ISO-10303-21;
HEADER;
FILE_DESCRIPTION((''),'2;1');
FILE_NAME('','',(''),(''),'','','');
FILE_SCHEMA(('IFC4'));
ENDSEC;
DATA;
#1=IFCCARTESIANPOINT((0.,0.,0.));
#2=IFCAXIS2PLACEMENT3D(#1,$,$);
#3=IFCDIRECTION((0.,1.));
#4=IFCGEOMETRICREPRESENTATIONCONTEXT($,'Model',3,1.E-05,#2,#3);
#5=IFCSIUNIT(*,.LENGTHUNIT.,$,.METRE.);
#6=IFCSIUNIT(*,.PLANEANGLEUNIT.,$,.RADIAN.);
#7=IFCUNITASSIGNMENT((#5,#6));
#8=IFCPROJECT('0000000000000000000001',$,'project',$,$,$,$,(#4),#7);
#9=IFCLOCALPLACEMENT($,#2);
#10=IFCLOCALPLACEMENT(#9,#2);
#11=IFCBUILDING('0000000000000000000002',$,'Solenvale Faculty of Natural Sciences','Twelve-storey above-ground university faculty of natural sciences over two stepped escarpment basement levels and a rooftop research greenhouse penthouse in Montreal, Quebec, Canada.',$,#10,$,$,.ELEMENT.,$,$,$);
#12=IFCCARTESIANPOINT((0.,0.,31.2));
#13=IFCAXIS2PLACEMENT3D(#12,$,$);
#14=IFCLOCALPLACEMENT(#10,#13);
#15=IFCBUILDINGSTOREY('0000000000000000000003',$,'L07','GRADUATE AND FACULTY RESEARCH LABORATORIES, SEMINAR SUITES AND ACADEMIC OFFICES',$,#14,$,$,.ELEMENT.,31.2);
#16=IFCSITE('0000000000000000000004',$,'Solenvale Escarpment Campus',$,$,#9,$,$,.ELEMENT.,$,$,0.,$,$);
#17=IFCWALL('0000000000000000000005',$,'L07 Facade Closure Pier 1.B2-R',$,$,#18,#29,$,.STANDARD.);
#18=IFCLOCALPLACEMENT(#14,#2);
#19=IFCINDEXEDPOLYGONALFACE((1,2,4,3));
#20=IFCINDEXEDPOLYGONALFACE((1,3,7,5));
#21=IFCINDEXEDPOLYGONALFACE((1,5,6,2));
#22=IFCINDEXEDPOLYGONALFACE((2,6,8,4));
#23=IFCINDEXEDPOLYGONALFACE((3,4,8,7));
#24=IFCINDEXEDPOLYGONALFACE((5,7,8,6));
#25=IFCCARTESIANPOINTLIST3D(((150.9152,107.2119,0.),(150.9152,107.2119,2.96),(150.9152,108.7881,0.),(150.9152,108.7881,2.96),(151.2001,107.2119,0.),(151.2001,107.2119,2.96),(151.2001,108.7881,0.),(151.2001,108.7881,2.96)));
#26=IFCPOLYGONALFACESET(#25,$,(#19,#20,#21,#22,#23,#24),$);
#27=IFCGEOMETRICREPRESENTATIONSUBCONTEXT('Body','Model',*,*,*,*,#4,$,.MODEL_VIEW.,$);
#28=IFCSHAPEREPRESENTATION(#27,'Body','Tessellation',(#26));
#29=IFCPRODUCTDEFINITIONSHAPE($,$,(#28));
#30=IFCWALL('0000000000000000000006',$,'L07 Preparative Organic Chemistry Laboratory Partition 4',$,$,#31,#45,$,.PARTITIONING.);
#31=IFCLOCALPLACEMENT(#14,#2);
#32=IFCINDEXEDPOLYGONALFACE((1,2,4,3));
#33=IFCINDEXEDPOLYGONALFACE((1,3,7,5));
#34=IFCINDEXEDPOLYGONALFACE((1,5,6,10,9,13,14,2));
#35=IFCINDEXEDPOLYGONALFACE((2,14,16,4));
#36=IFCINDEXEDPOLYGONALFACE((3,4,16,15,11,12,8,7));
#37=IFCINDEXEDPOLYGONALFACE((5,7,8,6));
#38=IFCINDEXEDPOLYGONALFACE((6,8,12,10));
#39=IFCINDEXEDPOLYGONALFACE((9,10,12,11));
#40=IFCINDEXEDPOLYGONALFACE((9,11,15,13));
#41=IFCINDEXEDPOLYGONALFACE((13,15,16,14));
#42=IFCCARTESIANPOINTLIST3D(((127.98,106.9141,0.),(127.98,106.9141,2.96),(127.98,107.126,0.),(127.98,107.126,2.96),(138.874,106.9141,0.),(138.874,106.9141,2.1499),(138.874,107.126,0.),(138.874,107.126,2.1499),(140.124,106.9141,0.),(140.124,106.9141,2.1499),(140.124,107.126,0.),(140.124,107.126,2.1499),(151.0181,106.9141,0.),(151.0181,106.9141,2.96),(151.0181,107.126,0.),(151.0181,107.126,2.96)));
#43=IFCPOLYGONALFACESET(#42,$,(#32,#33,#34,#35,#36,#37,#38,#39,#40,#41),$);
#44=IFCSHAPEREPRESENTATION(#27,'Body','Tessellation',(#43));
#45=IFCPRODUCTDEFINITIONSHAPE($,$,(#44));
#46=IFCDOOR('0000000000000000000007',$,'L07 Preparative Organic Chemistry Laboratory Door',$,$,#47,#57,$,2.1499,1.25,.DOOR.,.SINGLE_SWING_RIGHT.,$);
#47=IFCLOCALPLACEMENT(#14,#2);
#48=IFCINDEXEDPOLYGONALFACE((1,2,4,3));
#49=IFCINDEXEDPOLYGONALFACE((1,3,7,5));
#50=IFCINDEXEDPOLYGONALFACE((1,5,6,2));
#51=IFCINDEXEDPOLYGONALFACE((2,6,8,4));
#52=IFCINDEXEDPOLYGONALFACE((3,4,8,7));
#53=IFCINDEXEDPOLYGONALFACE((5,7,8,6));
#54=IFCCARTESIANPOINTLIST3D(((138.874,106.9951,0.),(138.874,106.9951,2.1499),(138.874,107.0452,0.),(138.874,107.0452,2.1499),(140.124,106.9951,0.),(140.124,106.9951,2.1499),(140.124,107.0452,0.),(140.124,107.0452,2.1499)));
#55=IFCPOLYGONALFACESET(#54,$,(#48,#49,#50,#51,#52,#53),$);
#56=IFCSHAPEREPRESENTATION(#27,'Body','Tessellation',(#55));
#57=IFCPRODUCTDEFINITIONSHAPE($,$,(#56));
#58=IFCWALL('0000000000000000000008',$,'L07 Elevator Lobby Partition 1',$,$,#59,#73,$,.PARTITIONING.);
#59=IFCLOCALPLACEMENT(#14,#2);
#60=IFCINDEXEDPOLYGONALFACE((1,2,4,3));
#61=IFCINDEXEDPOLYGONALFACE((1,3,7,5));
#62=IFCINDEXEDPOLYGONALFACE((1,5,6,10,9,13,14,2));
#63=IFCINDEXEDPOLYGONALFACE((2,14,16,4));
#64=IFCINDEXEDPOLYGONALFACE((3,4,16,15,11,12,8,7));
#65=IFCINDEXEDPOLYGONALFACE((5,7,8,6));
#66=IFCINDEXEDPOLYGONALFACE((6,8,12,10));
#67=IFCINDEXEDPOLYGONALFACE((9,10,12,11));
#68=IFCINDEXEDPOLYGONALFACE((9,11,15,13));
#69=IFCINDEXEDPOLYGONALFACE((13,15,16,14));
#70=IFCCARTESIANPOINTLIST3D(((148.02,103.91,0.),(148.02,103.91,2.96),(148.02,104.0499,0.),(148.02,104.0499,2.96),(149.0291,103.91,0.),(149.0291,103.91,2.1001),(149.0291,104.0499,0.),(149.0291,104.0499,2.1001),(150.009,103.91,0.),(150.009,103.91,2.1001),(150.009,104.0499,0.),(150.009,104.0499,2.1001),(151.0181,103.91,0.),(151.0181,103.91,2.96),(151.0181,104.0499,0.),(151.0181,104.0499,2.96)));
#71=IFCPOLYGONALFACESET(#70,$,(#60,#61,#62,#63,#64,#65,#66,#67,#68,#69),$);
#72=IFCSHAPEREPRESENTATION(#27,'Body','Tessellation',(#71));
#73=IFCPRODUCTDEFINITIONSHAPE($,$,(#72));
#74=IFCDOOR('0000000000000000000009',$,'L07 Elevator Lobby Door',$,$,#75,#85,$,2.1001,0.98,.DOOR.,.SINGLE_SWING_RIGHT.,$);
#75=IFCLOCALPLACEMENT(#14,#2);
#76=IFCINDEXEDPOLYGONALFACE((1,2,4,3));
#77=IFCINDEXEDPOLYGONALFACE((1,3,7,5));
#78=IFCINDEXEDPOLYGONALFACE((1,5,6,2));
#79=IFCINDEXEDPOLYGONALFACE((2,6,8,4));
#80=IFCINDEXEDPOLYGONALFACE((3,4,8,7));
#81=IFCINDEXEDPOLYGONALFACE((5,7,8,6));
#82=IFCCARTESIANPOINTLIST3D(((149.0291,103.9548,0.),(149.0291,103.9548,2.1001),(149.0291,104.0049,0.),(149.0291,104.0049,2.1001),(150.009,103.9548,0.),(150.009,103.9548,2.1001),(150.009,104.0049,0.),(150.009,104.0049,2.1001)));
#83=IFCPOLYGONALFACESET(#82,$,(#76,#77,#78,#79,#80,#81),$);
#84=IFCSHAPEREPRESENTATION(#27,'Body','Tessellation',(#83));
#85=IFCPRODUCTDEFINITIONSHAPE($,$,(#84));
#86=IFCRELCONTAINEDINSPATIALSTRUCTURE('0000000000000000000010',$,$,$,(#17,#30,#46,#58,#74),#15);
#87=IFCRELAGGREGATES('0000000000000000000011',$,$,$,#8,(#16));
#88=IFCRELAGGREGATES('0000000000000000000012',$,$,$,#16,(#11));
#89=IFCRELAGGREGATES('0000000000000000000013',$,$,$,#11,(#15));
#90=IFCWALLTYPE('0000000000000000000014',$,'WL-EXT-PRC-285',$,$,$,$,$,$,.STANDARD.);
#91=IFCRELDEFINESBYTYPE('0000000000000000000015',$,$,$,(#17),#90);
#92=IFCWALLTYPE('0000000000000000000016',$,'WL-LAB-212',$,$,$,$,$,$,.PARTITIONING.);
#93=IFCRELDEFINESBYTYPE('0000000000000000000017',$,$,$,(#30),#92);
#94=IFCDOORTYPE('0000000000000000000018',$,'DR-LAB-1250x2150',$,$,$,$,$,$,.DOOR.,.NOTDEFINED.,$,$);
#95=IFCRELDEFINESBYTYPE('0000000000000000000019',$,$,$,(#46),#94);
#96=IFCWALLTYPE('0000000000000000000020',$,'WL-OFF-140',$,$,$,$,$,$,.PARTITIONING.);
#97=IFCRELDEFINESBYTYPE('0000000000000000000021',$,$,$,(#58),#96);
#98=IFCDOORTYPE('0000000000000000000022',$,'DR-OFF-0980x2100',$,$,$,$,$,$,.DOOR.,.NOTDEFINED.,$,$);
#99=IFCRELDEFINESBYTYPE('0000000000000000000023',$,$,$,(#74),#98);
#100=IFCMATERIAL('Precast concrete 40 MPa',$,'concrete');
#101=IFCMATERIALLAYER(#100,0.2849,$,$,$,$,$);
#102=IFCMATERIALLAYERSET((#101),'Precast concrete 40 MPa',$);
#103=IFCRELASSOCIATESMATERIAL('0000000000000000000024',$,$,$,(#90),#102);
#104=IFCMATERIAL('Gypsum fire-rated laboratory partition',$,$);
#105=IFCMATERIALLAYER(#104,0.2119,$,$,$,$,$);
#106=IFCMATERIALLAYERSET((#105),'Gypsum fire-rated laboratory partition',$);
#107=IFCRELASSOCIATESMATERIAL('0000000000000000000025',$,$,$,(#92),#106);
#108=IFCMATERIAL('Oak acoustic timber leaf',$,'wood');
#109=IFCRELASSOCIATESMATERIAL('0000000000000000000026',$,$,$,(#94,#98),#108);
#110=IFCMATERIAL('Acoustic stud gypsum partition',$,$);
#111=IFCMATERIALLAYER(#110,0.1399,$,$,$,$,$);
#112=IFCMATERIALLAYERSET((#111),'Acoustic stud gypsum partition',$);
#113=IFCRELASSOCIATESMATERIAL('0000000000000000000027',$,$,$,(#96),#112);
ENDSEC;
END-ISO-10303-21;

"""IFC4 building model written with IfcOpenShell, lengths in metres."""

from ifc_helpers import new_model, si_unit, direction, frame, frame_2d, origin, place, context, subcontext, project, spatial, rectangle, extrude, material, layer, layer_set, type_object, element, fill, save


model = new_model("IFC4")

# Units and contexts
model_context = context("Model", 3, precision=1e-05, world=origin(), true_north=direction((0.0, 1.0)))
body_context = subcontext(model_context, "Body", "Model", "MODEL_VIEW")
ifc_project = project(units=[si_unit("LENGTHUNIT", "METRE"), si_unit("PLANEANGLEUNIT", "RADIAN")], contexts=[model_context])

# Site, building, storey
site_placement = place(None, origin())
site = spatial("IfcSite", under=ifc_project, at=site_placement, Name="Solenvale Escarpment Campus", CompositionType="ELEMENT", RefElevation=0.0)
building_placement = place(site_placement, origin())
building = spatial("IfcBuilding", under=site, at=building_placement, Name="Solenvale Faculty of Natural Sciences", Description="Twelve-storey above-ground university faculty of natural sciences over two stepped escarpment basement levels and a rooftop research greenhouse penthouse in Montreal, Quebec, Canada.", CompositionType="ELEMENT")
storey_placement = place(building_placement, frame((0.0, 0.0, 31.2)))
storey = spatial("IfcBuildingStorey", under=building, at=storey_placement, Name="L07", Description="GRADUATE AND FACULTY RESEARCH LABORATORIES, SEMINAR SUITES AND ACADEMIC OFFICES", CompositionType="ELEMENT", Elevation=31.2)

# Wall
ifc_material_1 = material(Name="Precast concrete 40 MPa", Category="concrete")
ifc_layer_1 = layer(ifc_material_1, 0.2849)
ifc_layer_set_1 = layer_set([ifc_layer_1], Name="Precast concrete 40 MPa")
wall_type_1 = type_object("IfcWallType", Name="WL-EXT-PRC-285", PredefinedType="STANDARD", material=ifc_layer_set_1)
wall_1_placement = place(storey_placement, frame((151.0576, 107.2119, 0.0), z_axis=(0.0, 0.0, 1.0), x_axis=(0.0, 1.0, 0.0)))
element("IfcWall", 1, at=wall_1_placement, inside=storey, type_object=wall_type_1, Name="L07 Facade Closure Pier 1.B2-R", PredefinedType="STANDARD", context=body_context, shape_type="SweptSolid", body=[
    extrude(rectangle(XDim=1.5762, YDim=0.2849, at=frame_2d((0.7881, 0.0))), origin(), (0.0, 0.0, 1.0), 2.96),
])

# Walls, openings, doors
ifc_material_2 = material(Name="Gypsum fire-rated laboratory partition")
ifc_layer_2 = layer(ifc_material_2, 0.2119)
ifc_layer_set_2 = layer_set([ifc_layer_2], Name="Gypsum fire-rated laboratory partition")
wall_type_2 = type_object("IfcWallType", Name="WL-LAB-212", PredefinedType="PARTITIONING", material=ifc_layer_set_2)
wall_2_placement = place(storey_placement, frame((151.0181, 107.02, 0.0), z_axis=(0.0, 0.0, 1.0), x_axis=(-1.0, 0.0, 0.0)))
wall_2 = element("IfcWall", 2, at=wall_2_placement, inside=storey, type_object=wall_type_2, Name="L07 Preparative Organic Chemistry Laboratory Partition 4", PredefinedType="PARTITIONING", context=body_context, shape_type="SweptSolid", body=[
    extrude(rectangle(XDim=23.0381, YDim=0.2119, at=frame_2d((11.519, 0.0))), origin(), (0.0, 0.0, 1.0), 2.96),
])
opening_1_placement = place(wall_2_placement, frame((10.894, 0.0, 0.0)))
opening_1 = element("IfcOpeningElement", 3, at=opening_1_placement, cuts=wall_2, PredefinedType="OPENING", context=body_context, shape_type="SweptSolid", body=[
    extrude(rectangle(XDim=1.25, YDim=2.1499, at=frame_2d((0.625, 1.075))), frame((0.0, 0.116, 0.0), z_axis=(0.0, -1.0, 0.0), x_axis=(1.0, 0.0, 0.0)), (0.0, 0.0, 1.0), 0.2319),
])
ifc_material_3 = material(Name="Oak acoustic timber leaf", Category="wood")
door_type_1 = type_object("IfcDoorType", Name="DR-LAB-1250x2150", OperationType="NOTDEFINED", PredefinedType="DOOR", material=ifc_material_3)
door_1_placement = place(opening_1_placement, origin())
door_1 = element("IfcDoor", 4, at=door_1_placement, inside=storey, type_object=door_type_1, Name="L07 Preparative Organic Chemistry Laboratory Door", OperationType="SINGLE_SWING_RIGHT", OverallHeight=2.1499, OverallWidth=1.25, PredefinedType="DOOR", context=body_context, shape_type="SweptSolid", body=[
    extrude(rectangle(XDim=1.25, YDim=2.1499, at=frame_2d((0.625, 1.075))), frame((0.0, 0.0249, 0.0), z_axis=(0.0, -1.0, 0.0), x_axis=(1.0, 0.0, 0.0)), (0.0, 0.0, 1.0), 0.05),
])
fill(opening_1, door_1)
ifc_material_4 = material(Name="Acoustic stud gypsum partition")
ifc_layer_3 = layer(ifc_material_4, 0.1399)
ifc_layer_set_3 = layer_set([ifc_layer_3], Name="Acoustic stud gypsum partition")
wall_type_3 = type_object("IfcWallType", Name="WL-OFF-140", PredefinedType="PARTITIONING", material=ifc_layer_set_3)
wall_3_placement = place(storey_placement, frame((148.02, 103.98, 0.0), z_axis=(0.0, 0.0, 1.0), x_axis=(1.0, 0.0, 0.0)))
wall_3 = element("IfcWall", 5, at=wall_3_placement, inside=storey, type_object=wall_type_3, Name="L07 Elevator Lobby Partition 1", PredefinedType="PARTITIONING", context=body_context, shape_type="SweptSolid", body=[
    extrude(rectangle(XDim=2.998, YDim=0.1399, at=frame_2d((1.499, 0.0))), origin(), (0.0, 0.0, 1.0), 2.96),
])
opening_2_placement = place(wall_3_placement, frame((1.009, 0.0, 0.0)))
opening_2 = element("IfcOpeningElement", 6, at=opening_2_placement, cuts=wall_3, PredefinedType="OPENING", context=body_context, shape_type="SweptSolid", body=[
    extrude(rectangle(XDim=0.98, YDim=2.1001, at=frame_2d((0.49, 1.05))), frame((0.0, 0.0798, 0.0), z_axis=(0.0, -1.0, 0.0), x_axis=(1.0, 0.0, 0.0)), (0.0, 0.0, 1.0), 0.1599),
])
door_type_2 = type_object("IfcDoorType", Name="DR-OFF-0980x2100", OperationType="NOTDEFINED", PredefinedType="DOOR", material=ifc_material_3)
door_2_placement = place(opening_2_placement, origin())
door_2 = element("IfcDoor", 7, at=door_2_placement, inside=storey, type_object=door_type_2, Name="L07 Elevator Lobby Door", OperationType="SINGLE_SWING_RIGHT", OverallHeight=2.1001, OverallWidth=0.98, PredefinedType="DOOR", context=body_context, shape_type="SweptSolid", body=[
    extrude(rectangle(XDim=0.98, YDim=2.1001, at=frame_2d((0.49, 1.05))), frame((0.0, 0.0249, 0.0), z_axis=(0.0, -1.0, 0.0), x_axis=(1.0, 0.0, 0.0)), (0.0, 0.0, 1.0), 0.05),
])
fill(opening_2, door_2)

save(model, "model.ifc")
